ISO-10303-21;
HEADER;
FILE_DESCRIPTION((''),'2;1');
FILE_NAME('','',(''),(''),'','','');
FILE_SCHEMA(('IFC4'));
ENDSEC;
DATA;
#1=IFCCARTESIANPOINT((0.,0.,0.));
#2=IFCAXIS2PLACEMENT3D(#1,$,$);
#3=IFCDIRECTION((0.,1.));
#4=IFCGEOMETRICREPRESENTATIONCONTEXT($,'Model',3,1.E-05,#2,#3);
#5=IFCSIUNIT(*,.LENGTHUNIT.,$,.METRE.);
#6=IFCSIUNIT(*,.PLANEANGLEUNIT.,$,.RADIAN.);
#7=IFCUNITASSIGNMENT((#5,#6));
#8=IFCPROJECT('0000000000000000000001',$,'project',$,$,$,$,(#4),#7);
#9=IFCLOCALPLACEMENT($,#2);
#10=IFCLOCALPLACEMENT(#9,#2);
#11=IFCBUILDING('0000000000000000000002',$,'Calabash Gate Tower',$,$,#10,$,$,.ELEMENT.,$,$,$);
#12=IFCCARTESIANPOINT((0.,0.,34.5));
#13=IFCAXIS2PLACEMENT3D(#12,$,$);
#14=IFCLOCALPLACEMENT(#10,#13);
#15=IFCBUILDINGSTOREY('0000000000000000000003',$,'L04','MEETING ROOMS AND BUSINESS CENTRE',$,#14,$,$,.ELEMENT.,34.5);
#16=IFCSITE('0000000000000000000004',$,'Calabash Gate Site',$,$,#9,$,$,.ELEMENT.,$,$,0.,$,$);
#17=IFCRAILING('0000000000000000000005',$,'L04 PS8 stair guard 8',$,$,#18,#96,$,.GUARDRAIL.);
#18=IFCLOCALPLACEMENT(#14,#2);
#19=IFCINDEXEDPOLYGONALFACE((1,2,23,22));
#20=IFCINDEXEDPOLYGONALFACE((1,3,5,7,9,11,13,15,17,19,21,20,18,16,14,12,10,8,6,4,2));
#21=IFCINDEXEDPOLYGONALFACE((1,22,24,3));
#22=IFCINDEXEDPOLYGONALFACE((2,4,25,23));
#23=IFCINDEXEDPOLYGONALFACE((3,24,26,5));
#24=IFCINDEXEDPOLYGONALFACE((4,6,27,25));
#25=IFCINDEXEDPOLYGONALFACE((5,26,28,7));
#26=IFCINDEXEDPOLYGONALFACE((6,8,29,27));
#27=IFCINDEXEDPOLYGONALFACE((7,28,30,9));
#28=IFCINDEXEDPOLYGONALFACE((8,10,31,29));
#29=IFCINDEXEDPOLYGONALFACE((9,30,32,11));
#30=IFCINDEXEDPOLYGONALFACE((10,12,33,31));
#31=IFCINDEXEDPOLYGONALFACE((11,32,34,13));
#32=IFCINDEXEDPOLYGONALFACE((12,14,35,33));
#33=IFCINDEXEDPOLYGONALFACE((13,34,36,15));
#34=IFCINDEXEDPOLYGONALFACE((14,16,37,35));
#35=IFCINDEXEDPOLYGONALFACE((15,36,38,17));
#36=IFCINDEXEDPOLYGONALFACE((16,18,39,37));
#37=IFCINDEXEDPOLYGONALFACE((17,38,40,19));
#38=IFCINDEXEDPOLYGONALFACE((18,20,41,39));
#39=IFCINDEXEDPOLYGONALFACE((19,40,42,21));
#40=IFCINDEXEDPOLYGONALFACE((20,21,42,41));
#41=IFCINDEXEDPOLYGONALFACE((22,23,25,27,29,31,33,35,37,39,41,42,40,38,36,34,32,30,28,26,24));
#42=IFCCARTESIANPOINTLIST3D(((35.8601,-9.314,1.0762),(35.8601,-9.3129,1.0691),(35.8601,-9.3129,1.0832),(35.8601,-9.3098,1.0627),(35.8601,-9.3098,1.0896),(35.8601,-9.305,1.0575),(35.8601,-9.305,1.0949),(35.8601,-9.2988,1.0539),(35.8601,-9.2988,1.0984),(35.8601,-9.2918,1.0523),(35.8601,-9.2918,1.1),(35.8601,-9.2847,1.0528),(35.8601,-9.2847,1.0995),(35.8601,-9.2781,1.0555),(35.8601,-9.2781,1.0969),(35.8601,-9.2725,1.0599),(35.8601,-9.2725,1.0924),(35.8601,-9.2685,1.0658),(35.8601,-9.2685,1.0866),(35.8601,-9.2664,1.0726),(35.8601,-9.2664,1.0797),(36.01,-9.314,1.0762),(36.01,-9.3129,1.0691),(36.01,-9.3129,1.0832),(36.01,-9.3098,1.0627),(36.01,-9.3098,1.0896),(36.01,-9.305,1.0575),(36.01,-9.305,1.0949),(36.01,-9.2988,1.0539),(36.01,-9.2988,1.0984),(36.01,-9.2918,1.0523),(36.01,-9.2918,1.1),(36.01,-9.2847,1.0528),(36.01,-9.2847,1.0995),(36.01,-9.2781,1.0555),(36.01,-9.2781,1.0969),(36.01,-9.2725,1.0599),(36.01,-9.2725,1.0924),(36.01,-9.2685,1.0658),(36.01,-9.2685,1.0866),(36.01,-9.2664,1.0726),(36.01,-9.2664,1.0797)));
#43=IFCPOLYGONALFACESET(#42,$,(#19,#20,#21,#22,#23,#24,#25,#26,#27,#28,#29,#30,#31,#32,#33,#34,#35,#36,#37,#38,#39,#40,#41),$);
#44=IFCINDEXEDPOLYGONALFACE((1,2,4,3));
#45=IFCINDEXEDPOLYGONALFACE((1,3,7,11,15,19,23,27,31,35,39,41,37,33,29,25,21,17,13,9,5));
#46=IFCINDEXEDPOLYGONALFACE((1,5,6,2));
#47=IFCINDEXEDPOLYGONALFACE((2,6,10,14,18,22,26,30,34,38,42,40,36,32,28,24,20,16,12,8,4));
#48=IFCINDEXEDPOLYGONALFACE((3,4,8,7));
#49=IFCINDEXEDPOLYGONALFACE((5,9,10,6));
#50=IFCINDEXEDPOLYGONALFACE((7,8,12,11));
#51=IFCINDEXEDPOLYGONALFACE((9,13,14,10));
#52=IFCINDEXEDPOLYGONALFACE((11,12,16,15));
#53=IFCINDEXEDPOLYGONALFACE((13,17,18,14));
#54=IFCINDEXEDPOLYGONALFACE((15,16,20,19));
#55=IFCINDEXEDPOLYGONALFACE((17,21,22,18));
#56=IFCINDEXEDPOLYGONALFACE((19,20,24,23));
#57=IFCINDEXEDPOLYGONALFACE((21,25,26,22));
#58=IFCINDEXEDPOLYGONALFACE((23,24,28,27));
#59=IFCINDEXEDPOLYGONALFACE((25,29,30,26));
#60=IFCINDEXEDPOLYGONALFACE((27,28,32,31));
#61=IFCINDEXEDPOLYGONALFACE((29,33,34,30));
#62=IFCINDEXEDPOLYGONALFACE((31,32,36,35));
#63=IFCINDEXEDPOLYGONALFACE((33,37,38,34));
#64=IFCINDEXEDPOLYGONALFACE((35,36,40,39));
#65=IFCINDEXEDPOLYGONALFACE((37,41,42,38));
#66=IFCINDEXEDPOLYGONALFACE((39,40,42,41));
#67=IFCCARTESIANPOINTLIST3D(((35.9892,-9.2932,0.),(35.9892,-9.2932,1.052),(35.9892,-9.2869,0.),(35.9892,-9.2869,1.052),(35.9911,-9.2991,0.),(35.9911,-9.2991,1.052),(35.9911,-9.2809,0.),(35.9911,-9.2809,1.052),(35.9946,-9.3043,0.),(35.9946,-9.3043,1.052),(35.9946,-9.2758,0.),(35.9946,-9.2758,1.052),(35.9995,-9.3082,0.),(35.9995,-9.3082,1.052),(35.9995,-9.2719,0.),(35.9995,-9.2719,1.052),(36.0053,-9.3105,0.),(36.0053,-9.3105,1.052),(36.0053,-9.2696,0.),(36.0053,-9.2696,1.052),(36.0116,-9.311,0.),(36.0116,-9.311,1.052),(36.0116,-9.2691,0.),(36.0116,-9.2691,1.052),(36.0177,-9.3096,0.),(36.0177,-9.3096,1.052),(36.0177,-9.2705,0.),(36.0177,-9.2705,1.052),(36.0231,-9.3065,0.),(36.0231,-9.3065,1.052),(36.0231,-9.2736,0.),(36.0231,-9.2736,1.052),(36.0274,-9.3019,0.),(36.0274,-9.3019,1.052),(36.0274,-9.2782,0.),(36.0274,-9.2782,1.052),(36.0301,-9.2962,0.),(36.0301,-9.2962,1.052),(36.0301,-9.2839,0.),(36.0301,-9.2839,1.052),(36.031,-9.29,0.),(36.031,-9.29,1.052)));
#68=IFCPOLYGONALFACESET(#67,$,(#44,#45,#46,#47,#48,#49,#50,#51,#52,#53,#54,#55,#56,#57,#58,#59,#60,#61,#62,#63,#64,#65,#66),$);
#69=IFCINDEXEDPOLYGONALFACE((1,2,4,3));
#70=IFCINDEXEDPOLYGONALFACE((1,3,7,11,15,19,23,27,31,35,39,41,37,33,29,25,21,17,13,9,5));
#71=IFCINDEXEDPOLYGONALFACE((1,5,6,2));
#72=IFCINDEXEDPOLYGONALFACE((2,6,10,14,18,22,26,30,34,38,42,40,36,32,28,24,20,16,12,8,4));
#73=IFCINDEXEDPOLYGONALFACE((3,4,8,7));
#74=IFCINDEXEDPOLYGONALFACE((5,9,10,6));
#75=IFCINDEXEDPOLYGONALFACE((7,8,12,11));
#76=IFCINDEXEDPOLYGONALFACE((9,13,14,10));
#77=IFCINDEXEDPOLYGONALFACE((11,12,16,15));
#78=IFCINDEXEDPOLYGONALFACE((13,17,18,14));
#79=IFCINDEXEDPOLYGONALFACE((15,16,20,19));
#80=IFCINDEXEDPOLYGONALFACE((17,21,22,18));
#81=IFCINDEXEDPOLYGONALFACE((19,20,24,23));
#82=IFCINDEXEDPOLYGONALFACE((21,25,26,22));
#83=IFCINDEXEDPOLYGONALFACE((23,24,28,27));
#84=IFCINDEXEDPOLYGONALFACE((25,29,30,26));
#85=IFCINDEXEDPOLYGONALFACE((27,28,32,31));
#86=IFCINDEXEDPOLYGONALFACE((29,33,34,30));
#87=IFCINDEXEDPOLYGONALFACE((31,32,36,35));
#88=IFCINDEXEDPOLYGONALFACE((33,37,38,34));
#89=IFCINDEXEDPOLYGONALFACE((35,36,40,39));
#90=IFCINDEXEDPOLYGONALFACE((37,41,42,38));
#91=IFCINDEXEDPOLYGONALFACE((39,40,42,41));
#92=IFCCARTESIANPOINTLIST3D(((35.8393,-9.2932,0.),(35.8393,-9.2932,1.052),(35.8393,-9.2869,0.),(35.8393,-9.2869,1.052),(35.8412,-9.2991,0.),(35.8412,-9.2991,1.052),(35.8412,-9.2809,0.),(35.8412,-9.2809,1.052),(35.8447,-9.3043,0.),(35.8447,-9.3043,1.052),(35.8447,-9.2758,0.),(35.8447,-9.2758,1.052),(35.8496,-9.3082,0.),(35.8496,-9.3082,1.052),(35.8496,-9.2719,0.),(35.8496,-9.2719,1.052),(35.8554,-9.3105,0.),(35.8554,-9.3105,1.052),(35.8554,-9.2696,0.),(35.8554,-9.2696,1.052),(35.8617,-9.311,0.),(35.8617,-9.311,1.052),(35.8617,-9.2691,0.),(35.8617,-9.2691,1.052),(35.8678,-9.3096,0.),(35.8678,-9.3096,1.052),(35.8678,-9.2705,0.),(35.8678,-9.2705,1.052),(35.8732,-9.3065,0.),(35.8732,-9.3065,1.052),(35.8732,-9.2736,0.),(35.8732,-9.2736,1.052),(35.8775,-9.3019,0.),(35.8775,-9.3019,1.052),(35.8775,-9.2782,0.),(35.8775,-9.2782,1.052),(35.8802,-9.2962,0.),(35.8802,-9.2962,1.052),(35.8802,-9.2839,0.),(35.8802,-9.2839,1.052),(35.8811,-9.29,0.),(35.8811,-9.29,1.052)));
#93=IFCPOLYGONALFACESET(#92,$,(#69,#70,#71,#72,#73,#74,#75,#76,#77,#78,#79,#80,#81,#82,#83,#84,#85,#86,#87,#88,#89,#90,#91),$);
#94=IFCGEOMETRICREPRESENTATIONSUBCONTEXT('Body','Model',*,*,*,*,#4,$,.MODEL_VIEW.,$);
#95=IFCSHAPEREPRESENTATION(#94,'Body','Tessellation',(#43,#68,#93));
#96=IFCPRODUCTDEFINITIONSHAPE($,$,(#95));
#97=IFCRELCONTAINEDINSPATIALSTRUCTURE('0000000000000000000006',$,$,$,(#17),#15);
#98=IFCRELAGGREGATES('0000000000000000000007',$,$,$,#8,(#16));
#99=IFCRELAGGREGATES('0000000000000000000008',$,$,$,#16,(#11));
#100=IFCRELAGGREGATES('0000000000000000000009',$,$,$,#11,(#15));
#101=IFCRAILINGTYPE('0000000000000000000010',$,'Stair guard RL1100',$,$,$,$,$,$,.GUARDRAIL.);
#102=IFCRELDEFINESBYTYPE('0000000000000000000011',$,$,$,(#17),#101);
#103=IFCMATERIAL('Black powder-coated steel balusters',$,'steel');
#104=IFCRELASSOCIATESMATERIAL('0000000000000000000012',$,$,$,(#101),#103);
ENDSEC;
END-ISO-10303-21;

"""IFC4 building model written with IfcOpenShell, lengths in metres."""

from ifc_helpers import new_model, si_unit, direction, frame, origin, origin_2d, place, context, subcontext, project, spatial, circle, extrude, material, type_object, element, save


model = new_model("IFC4")

# Units and contexts
model_context = context("Model", 3, precision=1e-05, world=origin(), true_north=direction((0.0, 1.0)))
body_context = subcontext(model_context, "Body", "Model", "MODEL_VIEW")
ifc_project = project(units=[si_unit("LENGTHUNIT", "METRE"), si_unit("PLANEANGLEUNIT", "RADIAN")], contexts=[model_context])

# Site, building, storey
site_placement = place(None, origin())
site = spatial("IfcSite", under=ifc_project, at=site_placement, Name="Calabash Gate Site", CompositionType="ELEMENT", RefElevation=0.0)
building_placement = place(site_placement, origin())
building = spatial("IfcBuilding", under=site, at=building_placement, Name="Calabash Gate Tower", CompositionType="ELEMENT")
storey_placement = place(building_placement, frame((0.0, 0.0, 34.5)))
storey = spatial("IfcBuildingStorey", under=building, at=storey_placement, Name="L04", Description="MEETING ROOMS AND BUSINESS CENTRE", CompositionType="ELEMENT", Elevation=34.5)

# Railing
ifc_material_1 = material(Name="Black powder-coated steel balusters", Category="steel")
railing_type = type_object("IfcRailingType", Name="Stair guard RL1100", PredefinedType="GUARDRAIL", material=ifc_material_1)
for number, where, name in (
    (1, (36.01, -9.29, 0.0), "L04 PS8 stair guard 8"),
):
    element("IfcRailing", number, at=place(storey_placement, frame(where)), inside=storey, type_object=railing_type, Name=name, PredefinedType="GUARDRAIL", context=body_context, shape_type="SweptSolid", body=[
        extrude(circle(Radius=0.0239, at=origin_2d()), frame((0.0, 0.0, 1.0762), z_axis=(-1.0, 0.0, 0.0), x_axis=(0.0, -1.0, 0.0)), (0.0, 0.0, 1.0), 0.1499),
        extrude(circle(Radius=0.021, at=origin_2d()), origin(), (0.0, 0.0, 1.0), 1.052),
        extrude(circle(Radius=0.021, at=origin_2d()), frame((-0.1499, 0.0, 0.0)), (0.0, 0.0, 1.0), 1.052),
    ])

save(model, "model.ifc")
